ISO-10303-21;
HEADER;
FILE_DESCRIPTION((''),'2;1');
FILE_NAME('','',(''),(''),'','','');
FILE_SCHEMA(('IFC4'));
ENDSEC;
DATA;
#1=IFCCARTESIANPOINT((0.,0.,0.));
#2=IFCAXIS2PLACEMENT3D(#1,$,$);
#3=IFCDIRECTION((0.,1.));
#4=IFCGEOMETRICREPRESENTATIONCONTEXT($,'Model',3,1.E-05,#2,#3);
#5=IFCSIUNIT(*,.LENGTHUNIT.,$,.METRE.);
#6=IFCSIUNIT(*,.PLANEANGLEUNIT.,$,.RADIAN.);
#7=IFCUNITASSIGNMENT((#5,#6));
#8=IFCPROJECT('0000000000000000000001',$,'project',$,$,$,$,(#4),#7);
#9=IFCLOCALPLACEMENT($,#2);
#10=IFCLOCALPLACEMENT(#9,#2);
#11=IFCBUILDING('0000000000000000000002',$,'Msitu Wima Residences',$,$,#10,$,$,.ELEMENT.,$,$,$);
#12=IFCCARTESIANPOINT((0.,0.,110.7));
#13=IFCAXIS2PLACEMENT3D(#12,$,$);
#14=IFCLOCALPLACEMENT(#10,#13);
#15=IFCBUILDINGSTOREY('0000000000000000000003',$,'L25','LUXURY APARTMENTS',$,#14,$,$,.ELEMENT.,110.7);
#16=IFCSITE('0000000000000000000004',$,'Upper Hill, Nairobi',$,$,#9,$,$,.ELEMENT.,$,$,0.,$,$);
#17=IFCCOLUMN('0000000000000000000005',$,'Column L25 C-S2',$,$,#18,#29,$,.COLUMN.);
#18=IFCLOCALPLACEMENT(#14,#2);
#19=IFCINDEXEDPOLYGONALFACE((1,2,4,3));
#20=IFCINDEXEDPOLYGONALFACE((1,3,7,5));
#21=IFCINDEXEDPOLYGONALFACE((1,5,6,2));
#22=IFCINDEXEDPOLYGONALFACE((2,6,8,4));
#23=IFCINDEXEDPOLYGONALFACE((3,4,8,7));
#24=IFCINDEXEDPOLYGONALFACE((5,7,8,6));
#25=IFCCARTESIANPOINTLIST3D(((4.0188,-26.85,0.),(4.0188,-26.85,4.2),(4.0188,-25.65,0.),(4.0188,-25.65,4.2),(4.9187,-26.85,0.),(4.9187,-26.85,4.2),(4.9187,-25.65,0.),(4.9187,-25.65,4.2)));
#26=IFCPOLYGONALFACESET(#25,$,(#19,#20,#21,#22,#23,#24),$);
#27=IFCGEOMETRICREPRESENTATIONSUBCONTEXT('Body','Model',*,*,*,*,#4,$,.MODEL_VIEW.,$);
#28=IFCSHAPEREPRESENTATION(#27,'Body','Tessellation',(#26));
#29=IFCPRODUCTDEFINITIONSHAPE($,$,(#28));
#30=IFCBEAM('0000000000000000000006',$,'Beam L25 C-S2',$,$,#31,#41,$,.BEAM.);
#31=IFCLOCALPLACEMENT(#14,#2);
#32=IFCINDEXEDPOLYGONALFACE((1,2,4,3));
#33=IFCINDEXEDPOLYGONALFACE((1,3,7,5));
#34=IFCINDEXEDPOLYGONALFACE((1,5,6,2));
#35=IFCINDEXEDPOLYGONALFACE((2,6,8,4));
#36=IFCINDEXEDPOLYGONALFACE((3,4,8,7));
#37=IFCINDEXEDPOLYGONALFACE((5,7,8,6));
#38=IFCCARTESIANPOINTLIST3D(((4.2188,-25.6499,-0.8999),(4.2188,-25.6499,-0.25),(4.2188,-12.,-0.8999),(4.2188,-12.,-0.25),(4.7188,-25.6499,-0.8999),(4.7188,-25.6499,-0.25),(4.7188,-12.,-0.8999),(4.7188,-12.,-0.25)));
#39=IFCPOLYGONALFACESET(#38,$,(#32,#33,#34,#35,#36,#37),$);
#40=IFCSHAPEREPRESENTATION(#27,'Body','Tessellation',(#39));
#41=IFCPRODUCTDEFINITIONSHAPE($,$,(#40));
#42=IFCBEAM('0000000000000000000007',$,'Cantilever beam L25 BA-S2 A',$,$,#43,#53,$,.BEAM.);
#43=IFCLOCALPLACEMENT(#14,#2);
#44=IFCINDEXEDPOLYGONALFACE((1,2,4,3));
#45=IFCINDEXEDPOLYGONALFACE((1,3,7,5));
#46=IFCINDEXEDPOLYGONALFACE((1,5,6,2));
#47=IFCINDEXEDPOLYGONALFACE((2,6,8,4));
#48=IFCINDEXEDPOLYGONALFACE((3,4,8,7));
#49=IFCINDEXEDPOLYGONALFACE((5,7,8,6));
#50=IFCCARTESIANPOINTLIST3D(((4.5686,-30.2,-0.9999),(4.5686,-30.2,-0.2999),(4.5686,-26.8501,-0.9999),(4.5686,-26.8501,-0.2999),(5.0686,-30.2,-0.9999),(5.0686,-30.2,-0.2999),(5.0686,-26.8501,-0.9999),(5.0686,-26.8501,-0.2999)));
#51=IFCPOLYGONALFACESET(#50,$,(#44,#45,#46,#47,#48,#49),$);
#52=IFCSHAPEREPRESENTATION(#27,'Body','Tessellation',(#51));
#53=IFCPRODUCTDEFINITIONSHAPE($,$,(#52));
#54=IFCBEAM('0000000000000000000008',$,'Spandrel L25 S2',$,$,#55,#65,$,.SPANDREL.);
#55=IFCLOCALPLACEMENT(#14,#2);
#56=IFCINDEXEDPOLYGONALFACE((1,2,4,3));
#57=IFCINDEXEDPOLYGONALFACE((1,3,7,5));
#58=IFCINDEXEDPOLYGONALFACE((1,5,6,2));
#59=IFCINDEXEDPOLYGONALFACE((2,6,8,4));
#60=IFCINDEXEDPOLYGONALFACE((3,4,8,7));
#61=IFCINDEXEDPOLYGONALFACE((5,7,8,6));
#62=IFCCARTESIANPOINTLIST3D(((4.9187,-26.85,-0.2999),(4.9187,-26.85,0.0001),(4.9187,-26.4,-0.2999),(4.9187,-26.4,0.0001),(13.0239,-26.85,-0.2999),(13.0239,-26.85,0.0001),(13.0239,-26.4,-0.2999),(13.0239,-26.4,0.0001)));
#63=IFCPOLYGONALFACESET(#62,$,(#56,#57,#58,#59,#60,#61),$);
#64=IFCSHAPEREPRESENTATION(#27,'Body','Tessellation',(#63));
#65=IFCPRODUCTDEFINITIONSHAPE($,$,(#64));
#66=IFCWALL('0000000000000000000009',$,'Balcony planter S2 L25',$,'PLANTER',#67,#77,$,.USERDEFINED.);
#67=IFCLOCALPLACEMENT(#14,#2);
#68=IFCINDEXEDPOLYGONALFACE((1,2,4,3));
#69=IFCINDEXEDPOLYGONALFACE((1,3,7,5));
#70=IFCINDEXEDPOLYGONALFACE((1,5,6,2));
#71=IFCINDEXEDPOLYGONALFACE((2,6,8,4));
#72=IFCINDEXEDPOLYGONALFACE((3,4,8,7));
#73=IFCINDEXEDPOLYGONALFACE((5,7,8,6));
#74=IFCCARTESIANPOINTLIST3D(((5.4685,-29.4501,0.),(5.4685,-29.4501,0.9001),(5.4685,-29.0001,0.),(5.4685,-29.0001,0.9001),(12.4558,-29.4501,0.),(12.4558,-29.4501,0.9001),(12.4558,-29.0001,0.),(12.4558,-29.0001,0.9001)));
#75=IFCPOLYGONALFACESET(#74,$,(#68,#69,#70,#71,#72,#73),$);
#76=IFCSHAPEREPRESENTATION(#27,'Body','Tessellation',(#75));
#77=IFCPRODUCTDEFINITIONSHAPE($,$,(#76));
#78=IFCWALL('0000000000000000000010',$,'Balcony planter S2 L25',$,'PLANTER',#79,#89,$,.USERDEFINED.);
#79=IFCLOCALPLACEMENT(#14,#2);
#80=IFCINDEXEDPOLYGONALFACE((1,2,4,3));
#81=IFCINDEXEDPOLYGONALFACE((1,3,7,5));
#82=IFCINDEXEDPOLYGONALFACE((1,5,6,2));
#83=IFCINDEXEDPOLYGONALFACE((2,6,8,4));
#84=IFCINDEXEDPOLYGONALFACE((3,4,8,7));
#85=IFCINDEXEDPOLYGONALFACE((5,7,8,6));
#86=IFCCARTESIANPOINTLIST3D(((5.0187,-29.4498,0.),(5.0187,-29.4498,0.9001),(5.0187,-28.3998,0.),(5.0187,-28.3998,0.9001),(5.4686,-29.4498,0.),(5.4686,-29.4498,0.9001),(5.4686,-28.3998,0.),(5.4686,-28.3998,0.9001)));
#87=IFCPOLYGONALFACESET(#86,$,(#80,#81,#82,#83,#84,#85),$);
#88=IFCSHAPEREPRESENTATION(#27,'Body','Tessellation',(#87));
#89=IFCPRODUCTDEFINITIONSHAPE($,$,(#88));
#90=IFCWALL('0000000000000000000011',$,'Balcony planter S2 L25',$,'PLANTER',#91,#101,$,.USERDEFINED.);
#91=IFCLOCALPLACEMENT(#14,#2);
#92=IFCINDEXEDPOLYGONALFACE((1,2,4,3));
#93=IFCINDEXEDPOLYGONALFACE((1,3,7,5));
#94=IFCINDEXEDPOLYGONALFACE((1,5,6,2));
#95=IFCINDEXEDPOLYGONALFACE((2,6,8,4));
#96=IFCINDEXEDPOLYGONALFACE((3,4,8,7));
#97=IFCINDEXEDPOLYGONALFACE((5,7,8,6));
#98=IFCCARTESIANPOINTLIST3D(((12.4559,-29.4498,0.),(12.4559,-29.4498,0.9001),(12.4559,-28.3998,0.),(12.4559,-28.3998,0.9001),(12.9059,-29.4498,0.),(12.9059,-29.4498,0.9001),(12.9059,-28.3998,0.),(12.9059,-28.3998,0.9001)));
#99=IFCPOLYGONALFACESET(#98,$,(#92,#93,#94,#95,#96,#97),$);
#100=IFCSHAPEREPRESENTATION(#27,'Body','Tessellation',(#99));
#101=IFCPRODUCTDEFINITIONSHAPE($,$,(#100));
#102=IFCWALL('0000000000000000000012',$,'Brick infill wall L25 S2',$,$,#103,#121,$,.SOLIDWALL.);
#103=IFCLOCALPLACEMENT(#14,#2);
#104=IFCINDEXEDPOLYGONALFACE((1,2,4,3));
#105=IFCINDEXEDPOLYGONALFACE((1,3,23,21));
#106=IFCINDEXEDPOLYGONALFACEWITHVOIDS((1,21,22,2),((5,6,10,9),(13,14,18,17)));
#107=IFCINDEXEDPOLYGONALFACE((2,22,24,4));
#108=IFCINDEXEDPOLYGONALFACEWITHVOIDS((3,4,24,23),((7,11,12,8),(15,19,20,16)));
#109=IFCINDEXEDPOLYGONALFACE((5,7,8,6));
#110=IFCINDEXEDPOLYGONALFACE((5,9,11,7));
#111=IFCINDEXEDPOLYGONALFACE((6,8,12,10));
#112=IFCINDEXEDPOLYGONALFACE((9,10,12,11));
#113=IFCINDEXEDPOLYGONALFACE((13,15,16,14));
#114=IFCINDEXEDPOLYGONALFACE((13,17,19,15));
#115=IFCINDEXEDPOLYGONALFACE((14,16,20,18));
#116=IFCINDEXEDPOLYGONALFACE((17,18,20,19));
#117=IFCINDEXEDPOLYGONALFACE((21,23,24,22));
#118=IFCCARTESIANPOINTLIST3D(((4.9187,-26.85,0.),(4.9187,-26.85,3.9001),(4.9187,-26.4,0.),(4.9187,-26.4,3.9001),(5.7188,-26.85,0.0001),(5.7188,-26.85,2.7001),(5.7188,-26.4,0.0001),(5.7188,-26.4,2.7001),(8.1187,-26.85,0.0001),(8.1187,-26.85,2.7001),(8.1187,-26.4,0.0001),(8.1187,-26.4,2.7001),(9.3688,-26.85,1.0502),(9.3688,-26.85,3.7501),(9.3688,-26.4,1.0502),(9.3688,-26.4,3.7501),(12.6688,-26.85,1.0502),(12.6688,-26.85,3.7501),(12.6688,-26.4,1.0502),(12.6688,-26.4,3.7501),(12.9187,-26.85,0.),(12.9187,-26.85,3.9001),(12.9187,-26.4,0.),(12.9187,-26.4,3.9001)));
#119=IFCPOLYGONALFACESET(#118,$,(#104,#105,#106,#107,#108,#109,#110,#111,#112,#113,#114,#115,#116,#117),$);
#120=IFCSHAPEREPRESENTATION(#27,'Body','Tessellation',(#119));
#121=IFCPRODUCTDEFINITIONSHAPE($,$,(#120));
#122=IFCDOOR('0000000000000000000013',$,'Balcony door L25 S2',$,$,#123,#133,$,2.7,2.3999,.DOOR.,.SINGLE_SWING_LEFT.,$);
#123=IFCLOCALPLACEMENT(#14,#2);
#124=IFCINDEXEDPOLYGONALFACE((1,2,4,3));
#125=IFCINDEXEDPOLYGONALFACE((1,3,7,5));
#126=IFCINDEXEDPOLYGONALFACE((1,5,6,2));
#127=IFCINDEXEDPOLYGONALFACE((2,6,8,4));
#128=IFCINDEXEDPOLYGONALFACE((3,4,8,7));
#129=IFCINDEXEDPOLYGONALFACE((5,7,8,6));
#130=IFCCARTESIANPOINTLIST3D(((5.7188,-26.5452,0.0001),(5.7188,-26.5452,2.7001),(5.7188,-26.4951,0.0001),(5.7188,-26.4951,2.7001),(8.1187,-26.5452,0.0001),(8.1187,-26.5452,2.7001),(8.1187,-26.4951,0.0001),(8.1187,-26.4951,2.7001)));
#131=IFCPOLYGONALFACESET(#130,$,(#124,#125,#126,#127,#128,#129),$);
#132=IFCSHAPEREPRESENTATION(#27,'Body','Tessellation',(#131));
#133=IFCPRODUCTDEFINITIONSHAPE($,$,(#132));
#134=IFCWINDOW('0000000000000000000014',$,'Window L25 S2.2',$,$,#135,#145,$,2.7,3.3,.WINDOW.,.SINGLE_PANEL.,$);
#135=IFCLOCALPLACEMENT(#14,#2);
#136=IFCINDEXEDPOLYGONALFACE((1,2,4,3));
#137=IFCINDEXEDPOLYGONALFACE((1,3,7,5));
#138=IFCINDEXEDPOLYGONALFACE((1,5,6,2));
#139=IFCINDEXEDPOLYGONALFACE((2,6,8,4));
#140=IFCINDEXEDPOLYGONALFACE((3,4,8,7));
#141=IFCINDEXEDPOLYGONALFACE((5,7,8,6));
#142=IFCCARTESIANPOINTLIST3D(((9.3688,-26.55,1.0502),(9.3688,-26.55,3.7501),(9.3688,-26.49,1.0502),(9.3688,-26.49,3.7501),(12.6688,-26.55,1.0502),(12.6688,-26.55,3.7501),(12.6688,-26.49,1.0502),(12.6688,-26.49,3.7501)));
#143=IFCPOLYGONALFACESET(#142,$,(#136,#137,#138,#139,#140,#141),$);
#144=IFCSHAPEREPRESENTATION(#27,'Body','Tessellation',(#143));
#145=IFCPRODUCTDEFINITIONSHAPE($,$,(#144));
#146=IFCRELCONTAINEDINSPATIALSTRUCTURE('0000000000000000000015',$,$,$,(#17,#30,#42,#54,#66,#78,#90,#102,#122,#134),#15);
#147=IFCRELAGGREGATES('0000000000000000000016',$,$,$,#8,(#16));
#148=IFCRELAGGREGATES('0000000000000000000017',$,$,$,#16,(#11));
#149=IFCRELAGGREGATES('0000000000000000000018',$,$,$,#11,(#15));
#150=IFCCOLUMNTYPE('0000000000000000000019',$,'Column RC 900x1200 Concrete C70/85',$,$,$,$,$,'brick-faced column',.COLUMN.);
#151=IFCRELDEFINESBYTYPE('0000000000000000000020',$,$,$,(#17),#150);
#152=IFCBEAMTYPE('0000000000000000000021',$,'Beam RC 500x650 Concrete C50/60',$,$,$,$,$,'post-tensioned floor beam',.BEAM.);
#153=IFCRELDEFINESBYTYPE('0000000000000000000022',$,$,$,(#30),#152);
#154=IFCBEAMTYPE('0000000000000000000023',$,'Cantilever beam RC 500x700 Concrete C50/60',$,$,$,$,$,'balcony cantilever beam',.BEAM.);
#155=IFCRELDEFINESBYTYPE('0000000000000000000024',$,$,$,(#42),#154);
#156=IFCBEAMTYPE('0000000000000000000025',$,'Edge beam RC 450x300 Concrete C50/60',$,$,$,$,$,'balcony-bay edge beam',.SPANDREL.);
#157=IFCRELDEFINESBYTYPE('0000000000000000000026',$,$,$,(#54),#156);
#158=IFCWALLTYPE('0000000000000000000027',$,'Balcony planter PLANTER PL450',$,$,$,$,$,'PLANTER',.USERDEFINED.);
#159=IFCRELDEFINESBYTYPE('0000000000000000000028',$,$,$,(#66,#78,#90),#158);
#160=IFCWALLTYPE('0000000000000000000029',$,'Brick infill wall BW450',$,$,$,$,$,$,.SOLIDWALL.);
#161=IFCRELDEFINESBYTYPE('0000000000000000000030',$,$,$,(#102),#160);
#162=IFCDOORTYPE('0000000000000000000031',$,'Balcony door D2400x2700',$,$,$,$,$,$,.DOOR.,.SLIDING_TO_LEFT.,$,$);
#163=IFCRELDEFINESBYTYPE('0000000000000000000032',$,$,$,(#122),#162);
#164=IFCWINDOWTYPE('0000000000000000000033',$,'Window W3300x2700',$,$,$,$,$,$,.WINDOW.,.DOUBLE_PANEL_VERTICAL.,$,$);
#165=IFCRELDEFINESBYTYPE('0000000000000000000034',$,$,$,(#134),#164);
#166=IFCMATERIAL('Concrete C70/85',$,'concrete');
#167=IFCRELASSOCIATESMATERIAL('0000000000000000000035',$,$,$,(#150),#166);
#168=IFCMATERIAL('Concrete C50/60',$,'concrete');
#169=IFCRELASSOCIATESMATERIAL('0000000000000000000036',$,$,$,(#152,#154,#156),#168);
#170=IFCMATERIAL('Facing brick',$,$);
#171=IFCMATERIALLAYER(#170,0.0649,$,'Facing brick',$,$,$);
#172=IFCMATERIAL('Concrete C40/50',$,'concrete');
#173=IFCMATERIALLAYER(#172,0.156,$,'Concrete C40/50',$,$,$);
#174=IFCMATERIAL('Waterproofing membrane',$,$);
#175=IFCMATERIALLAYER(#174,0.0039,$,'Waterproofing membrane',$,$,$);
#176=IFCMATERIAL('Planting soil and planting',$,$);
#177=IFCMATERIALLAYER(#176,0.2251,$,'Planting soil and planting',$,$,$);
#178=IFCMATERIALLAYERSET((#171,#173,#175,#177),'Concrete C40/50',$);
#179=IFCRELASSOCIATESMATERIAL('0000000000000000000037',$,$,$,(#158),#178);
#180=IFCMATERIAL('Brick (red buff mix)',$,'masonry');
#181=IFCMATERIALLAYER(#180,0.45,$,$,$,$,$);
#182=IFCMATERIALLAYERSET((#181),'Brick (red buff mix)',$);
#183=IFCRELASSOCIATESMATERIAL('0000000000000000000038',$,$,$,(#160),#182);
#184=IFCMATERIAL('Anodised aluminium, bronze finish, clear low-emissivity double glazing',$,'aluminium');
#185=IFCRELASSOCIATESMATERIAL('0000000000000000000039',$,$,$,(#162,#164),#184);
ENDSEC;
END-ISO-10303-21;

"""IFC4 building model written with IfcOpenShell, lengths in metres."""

from ifc_helpers import new_model, si_unit, direction, frame, frame_2d, origin, origin_2d, place, context, subcontext, project, spatial, rectangle, extrude, material, layer, layer_set, material_profile, profile_set, type_object, element, fill, save


model = new_model("IFC4")

# Units and contexts
model_context = context("Model", 3, precision=1e-05, world=origin(), true_north=direction((0.0, 1.0)))
body_context = subcontext(model_context, "Body", "Model", "MODEL_VIEW")
ifc_project = project(units=[si_unit("LENGTHUNIT", "METRE"), si_unit("PLANEANGLEUNIT", "RADIAN")], contexts=[model_context])

# Site, building, storey
site_placement = place(None, origin())
site = spatial("IfcSite", under=ifc_project, at=site_placement, Name="Upper Hill, Nairobi", CompositionType="ELEMENT", RefElevation=0.0)
building_placement = place(site_placement, origin())
building = spatial("IfcBuilding", under=site, at=building_placement, Name="Msitu Wima Residences", CompositionType="ELEMENT")
storey_placement = place(building_placement, frame((0.0, 0.0, 110.7)))
storey = spatial("IfcBuildingStorey", under=building, at=storey_placement, Name="L25", Description="LUXURY APARTMENTS", CompositionType="ELEMENT", Elevation=110.7)

# Column
ifc_material_1 = material(Name="Concrete C70/85", Category="concrete")
ifc_material_profile_1 = material_profile(ifc_material_1, rectangle(XDim=0.8999, YDim=1.2, at=origin_2d()), Name="RC 900x1200")
ifc_profile_set_1 = profile_set([ifc_material_profile_1], Name="Concrete C70/85")
column_type = type_object("IfcColumnType", Name="Column RC 900x1200 Concrete C70/85", ElementType="brick-faced column", PredefinedType="COLUMN", material=ifc_profile_set_1)
column_placement = place(storey_placement, frame((4.4688, -26.25, 0.0), z_axis=(0.0, 0.0, 1.0), x_axis=(1.0, 0.0, 0.0)))
element("IfcColumn", 1, at=column_placement, inside=storey, type_object=column_type, Name="Column L25 C-S2", PredefinedType="COLUMN", context=body_context, shape_type="SweptSolid", body=[
    extrude(rectangle(XDim=0.8999, YDim=1.2, at=origin_2d()), origin(), (0.0, 0.0, 1.0), 4.2),
])

# Beams
ifc_material_2 = material(Name="Concrete C50/60", Category="concrete")
ifc_material_profile_2 = material_profile(ifc_material_2, rectangle(XDim=0.5, YDim=0.6499, at=origin_2d()), Name="RC 500x650")
ifc_profile_set_2 = profile_set([ifc_material_profile_2], Name="Concrete C50/60")
beam_type_1 = type_object("IfcBeamType", Name="Beam RC 500x650 Concrete C50/60", ElementType="post-tensioned floor beam", PredefinedType="BEAM", material=ifc_profile_set_2)
beam_1_placement = place(storey_placement, frame((4.4688, -25.6499, -0.575), z_axis=(0.0, 1.0, 0.0), x_axis=(-1.0, 0.0, 0.0)))
element("IfcBeam", 2, at=beam_1_placement, inside=storey, type_object=beam_type_1, Name="Beam L25 C-S2", PredefinedType="BEAM", context=body_context, shape_type="SweptSolid", body=[
    extrude(rectangle(XDim=0.5, YDim=0.6499, at=origin_2d()), origin(), (0.0, 0.0, 1.0), 13.6499),
])
ifc_material_profile_3 = material_profile(ifc_material_2, rectangle(XDim=0.5, YDim=0.7, at=origin_2d()), Name="RC 500x700")
ifc_profile_set_3 = profile_set([ifc_material_profile_3], Name="Concrete C50/60")
beam_type_2 = type_object("IfcBeamType", Name="Cantilever beam RC 500x700 Concrete C50/60", ElementType="balcony cantilever beam", PredefinedType="BEAM", material=ifc_profile_set_3)
beam_2_placement = place(storey_placement, frame((4.8186, -26.8501, -0.6499), z_axis=(0.0, -1.0, 0.0), x_axis=(1.0, 0.0, 0.0)))
element("IfcBeam", 3, at=beam_2_placement, inside=storey, type_object=beam_type_2, Name="Cantilever beam L25 BA-S2 A", PredefinedType="BEAM", context=body_context, shape_type="SweptSolid", body=[
    extrude(rectangle(XDim=0.5, YDim=0.7, at=origin_2d()), origin(), (0.0, 0.0, 1.0), 3.3499),
])
ifc_material_profile_4 = material_profile(ifc_material_2, rectangle(XDim=0.45, YDim=0.3, at=origin_2d()), Name="RC 450x300")
ifc_profile_set_4 = profile_set([ifc_material_profile_4], Name="Concrete C50/60")
beam_type_3 = type_object("IfcBeamType", Name="Edge beam RC 450x300 Concrete C50/60", ElementType="balcony-bay edge beam", PredefinedType="SPANDREL", material=ifc_profile_set_4)
beam_3_placement = place(storey_placement, frame((4.9187, -26.625, -0.1499), z_axis=(1.0, 0.0, 0.0), x_axis=(0.0, 1.0, 0.0)))
element("IfcBeam", 4, at=beam_3_placement, inside=storey, type_object=beam_type_3, Name="Spandrel L25 S2", PredefinedType="SPANDREL", context=body_context, shape_type="SweptSolid", body=[
    extrude(rectangle(XDim=0.45, YDim=0.3, at=origin_2d()), origin(), (0.0, 0.0, 1.0), 8.1052),
])

# Walls
ifc_material_3 = material(Name="Facing brick")
ifc_layer_1 = layer(ifc_material_3, 0.0649, Name="Facing brick")
ifc_material_4 = material(Name="Concrete C40/50", Category="concrete")
ifc_layer_2 = layer(ifc_material_4, 0.156, Name="Concrete C40/50")
ifc_material_5 = material(Name="Waterproofing membrane")
ifc_layer_3 = layer(ifc_material_5, 0.0039, Name="Waterproofing membrane")
ifc_material_6 = material(Name="Planting soil and planting")
ifc_layer_4 = layer(ifc_material_6, 0.2251, Name="Planting soil and planting")
ifc_layer_set_1 = layer_set([ifc_layer_1, ifc_layer_2, ifc_layer_3, ifc_layer_4], Name="Concrete C40/50")
wall_type_1 = type_object("IfcWallType", Name="Balcony planter PLANTER PL450", ElementType="PLANTER", PredefinedType="USERDEFINED", material=ifc_layer_set_1)
wall_1_placement = place(storey_placement, frame((5.4685, -29.2251, 0.0), z_axis=(0.0, 0.0, 1.0), x_axis=(1.0, 0.0, 0.0)))
element("IfcWall", 5, at=wall_1_placement, inside=storey, type_object=wall_type_1, Name="Balcony planter S2 L25", ObjectType="PLANTER", PredefinedType="USERDEFINED", context=body_context, shape_type="SweptSolid", body=[
    extrude(rectangle(XDim=6.9873, YDim=0.45, at=frame_2d((3.4937, 0.0))), origin(), (0.0, 0.0, 1.0), 0.9001),
])
for number, where, z_axis, x_axis, name in (
    (6, (5.2437, -28.3999, 0.0), (0.0, 0.0, 1.0), (0.0, -1.0, 0.0), "Balcony planter S2 L25"),
    (7, (12.6809, -28.3999, 0.0), (0.0, 0.0, 1.0), (0.0, -1.0, 0.0), "Balcony planter S2 L25"),
):
    element("IfcWall", number, at=place(storey_placement, frame(where, z_axis=z_axis, x_axis=x_axis)), inside=storey, type_object=wall_type_1, Name=name, ObjectType="PLANTER", PredefinedType="USERDEFINED", context=body_context, shape_type="SweptSolid", body=[
        extrude(rectangle(XDim=1.05, YDim=0.45, at=frame_2d((0.5249, 0.0))), origin(), (0.0, 0.0, 1.0), 0.9001),
    ])

# Wall, openings, door, window
ifc_material_7 = material(Name="Brick (red buff mix)", Category="masonry")
ifc_layer_5 = layer(ifc_material_7, 0.45)
ifc_layer_set_2 = layer_set([ifc_layer_5], Name="Brick (red buff mix)")
wall_type_2 = type_object("IfcWallType", Name="Brick infill wall BW450", PredefinedType="SOLIDWALL", material=ifc_layer_set_2)
wall_2_placement = place(storey_placement, frame((4.9187, -26.625, 0.0), z_axis=(0.0, 0.0, 1.0), x_axis=(1.0, 0.0, 0.0)))
wall_2 = element("IfcWall", 8, at=wall_2_placement, inside=storey, type_object=wall_type_2, Name="Brick infill wall L25 S2", PredefinedType="SOLIDWALL", context=body_context, shape_type="SweptSolid", body=[
    extrude(rectangle(XDim=8.0, YDim=0.45, at=frame_2d((4.0, 0.0))), origin(), (0.0, 0.0, 1.0), 3.9001),
])
opening_1_placement = place(wall_2_placement, frame((0.8, 0.0, 0.0)))
opening_1 = element("IfcOpeningElement", 9, at=opening_1_placement, cuts=wall_2, PredefinedType="OPENING", context=body_context, shape_type="SweptSolid", body=[
    extrude(rectangle(XDim=2.3999, YDim=2.7, at=frame_2d((1.2, 1.3501))), frame((0.0, 0.2349, 0.0), z_axis=(0.0, -1.0, 0.0), x_axis=(1.0, 0.0, 0.0)), (0.0, 0.0, 1.0), 0.47),
])
opening_2_placement = place(wall_2_placement, frame((4.4502, 0.0, 1.05)))
opening_2 = element("IfcOpeningElement", 10, at=opening_2_placement, cuts=wall_2, PredefinedType="OPENING", context=body_context, shape_type="SweptSolid", body=[
    extrude(rectangle(XDim=3.3, YDim=2.7, at=frame_2d((1.6499, 1.3501))), frame((0.0, 0.2349, 0.0), z_axis=(0.0, -1.0, 0.0), x_axis=(1.0, 0.0, 0.0)), (0.0, 0.0, 1.0), 0.47),
])
ifc_material_8 = material(Name="Anodised aluminium, bronze finish, clear low-emissivity double glazing", Category="aluminium")
door_type_1 = type_object("IfcDoorType", Name="Balcony door D2400x2700", OperationType="SLIDING_TO_LEFT", PredefinedType="DOOR", material=ifc_material_8)
door_1_placement = place(opening_1_placement, origin())
door_1 = element("IfcDoor", 11, at=door_1_placement, inside=storey, type_object=door_type_1, Name="Balcony door L25 S2", OperationType="SINGLE_SWING_LEFT", OverallHeight=2.7, OverallWidth=2.3999, PredefinedType="DOOR", context=body_context, shape_type="SweptSolid", body=[
    extrude(rectangle(XDim=2.3999, YDim=2.7, at=frame_2d((1.2, 1.3501))), frame((0.0, 0.1299, 0.0), z_axis=(0.0, -1.0, 0.0), x_axis=(1.0, 0.0, 0.0)), (0.0, 0.0, 1.0), 0.05),
])
fill(opening_1, door_1)
window_type = type_object("IfcWindowType", Name="Window W3300x2700", PartitioningType="DOUBLE_PANEL_VERTICAL", PredefinedType="WINDOW", material=ifc_material_8)
window_placement = place(opening_2_placement, origin())
window = element("IfcWindow", 12, at=window_placement, inside=storey, type_object=window_type, Name="Window L25 S2.2", OverallHeight=2.7, OverallWidth=3.3, PartitioningType="SINGLE_PANEL", PredefinedType="WINDOW", context=body_context, shape_type="SweptSolid", body=[
    extrude(rectangle(XDim=3.3, YDim=2.7, at=frame_2d((1.6499, 1.3501))), frame((0.0, 0.135, 0.0), z_axis=(0.0, -1.0, 0.0), x_axis=(1.0, 0.0, 0.0)), (0.0, 0.0, 1.0), 0.0601),
])
fill(opening_2, window)

save(model, "model.ifc")
